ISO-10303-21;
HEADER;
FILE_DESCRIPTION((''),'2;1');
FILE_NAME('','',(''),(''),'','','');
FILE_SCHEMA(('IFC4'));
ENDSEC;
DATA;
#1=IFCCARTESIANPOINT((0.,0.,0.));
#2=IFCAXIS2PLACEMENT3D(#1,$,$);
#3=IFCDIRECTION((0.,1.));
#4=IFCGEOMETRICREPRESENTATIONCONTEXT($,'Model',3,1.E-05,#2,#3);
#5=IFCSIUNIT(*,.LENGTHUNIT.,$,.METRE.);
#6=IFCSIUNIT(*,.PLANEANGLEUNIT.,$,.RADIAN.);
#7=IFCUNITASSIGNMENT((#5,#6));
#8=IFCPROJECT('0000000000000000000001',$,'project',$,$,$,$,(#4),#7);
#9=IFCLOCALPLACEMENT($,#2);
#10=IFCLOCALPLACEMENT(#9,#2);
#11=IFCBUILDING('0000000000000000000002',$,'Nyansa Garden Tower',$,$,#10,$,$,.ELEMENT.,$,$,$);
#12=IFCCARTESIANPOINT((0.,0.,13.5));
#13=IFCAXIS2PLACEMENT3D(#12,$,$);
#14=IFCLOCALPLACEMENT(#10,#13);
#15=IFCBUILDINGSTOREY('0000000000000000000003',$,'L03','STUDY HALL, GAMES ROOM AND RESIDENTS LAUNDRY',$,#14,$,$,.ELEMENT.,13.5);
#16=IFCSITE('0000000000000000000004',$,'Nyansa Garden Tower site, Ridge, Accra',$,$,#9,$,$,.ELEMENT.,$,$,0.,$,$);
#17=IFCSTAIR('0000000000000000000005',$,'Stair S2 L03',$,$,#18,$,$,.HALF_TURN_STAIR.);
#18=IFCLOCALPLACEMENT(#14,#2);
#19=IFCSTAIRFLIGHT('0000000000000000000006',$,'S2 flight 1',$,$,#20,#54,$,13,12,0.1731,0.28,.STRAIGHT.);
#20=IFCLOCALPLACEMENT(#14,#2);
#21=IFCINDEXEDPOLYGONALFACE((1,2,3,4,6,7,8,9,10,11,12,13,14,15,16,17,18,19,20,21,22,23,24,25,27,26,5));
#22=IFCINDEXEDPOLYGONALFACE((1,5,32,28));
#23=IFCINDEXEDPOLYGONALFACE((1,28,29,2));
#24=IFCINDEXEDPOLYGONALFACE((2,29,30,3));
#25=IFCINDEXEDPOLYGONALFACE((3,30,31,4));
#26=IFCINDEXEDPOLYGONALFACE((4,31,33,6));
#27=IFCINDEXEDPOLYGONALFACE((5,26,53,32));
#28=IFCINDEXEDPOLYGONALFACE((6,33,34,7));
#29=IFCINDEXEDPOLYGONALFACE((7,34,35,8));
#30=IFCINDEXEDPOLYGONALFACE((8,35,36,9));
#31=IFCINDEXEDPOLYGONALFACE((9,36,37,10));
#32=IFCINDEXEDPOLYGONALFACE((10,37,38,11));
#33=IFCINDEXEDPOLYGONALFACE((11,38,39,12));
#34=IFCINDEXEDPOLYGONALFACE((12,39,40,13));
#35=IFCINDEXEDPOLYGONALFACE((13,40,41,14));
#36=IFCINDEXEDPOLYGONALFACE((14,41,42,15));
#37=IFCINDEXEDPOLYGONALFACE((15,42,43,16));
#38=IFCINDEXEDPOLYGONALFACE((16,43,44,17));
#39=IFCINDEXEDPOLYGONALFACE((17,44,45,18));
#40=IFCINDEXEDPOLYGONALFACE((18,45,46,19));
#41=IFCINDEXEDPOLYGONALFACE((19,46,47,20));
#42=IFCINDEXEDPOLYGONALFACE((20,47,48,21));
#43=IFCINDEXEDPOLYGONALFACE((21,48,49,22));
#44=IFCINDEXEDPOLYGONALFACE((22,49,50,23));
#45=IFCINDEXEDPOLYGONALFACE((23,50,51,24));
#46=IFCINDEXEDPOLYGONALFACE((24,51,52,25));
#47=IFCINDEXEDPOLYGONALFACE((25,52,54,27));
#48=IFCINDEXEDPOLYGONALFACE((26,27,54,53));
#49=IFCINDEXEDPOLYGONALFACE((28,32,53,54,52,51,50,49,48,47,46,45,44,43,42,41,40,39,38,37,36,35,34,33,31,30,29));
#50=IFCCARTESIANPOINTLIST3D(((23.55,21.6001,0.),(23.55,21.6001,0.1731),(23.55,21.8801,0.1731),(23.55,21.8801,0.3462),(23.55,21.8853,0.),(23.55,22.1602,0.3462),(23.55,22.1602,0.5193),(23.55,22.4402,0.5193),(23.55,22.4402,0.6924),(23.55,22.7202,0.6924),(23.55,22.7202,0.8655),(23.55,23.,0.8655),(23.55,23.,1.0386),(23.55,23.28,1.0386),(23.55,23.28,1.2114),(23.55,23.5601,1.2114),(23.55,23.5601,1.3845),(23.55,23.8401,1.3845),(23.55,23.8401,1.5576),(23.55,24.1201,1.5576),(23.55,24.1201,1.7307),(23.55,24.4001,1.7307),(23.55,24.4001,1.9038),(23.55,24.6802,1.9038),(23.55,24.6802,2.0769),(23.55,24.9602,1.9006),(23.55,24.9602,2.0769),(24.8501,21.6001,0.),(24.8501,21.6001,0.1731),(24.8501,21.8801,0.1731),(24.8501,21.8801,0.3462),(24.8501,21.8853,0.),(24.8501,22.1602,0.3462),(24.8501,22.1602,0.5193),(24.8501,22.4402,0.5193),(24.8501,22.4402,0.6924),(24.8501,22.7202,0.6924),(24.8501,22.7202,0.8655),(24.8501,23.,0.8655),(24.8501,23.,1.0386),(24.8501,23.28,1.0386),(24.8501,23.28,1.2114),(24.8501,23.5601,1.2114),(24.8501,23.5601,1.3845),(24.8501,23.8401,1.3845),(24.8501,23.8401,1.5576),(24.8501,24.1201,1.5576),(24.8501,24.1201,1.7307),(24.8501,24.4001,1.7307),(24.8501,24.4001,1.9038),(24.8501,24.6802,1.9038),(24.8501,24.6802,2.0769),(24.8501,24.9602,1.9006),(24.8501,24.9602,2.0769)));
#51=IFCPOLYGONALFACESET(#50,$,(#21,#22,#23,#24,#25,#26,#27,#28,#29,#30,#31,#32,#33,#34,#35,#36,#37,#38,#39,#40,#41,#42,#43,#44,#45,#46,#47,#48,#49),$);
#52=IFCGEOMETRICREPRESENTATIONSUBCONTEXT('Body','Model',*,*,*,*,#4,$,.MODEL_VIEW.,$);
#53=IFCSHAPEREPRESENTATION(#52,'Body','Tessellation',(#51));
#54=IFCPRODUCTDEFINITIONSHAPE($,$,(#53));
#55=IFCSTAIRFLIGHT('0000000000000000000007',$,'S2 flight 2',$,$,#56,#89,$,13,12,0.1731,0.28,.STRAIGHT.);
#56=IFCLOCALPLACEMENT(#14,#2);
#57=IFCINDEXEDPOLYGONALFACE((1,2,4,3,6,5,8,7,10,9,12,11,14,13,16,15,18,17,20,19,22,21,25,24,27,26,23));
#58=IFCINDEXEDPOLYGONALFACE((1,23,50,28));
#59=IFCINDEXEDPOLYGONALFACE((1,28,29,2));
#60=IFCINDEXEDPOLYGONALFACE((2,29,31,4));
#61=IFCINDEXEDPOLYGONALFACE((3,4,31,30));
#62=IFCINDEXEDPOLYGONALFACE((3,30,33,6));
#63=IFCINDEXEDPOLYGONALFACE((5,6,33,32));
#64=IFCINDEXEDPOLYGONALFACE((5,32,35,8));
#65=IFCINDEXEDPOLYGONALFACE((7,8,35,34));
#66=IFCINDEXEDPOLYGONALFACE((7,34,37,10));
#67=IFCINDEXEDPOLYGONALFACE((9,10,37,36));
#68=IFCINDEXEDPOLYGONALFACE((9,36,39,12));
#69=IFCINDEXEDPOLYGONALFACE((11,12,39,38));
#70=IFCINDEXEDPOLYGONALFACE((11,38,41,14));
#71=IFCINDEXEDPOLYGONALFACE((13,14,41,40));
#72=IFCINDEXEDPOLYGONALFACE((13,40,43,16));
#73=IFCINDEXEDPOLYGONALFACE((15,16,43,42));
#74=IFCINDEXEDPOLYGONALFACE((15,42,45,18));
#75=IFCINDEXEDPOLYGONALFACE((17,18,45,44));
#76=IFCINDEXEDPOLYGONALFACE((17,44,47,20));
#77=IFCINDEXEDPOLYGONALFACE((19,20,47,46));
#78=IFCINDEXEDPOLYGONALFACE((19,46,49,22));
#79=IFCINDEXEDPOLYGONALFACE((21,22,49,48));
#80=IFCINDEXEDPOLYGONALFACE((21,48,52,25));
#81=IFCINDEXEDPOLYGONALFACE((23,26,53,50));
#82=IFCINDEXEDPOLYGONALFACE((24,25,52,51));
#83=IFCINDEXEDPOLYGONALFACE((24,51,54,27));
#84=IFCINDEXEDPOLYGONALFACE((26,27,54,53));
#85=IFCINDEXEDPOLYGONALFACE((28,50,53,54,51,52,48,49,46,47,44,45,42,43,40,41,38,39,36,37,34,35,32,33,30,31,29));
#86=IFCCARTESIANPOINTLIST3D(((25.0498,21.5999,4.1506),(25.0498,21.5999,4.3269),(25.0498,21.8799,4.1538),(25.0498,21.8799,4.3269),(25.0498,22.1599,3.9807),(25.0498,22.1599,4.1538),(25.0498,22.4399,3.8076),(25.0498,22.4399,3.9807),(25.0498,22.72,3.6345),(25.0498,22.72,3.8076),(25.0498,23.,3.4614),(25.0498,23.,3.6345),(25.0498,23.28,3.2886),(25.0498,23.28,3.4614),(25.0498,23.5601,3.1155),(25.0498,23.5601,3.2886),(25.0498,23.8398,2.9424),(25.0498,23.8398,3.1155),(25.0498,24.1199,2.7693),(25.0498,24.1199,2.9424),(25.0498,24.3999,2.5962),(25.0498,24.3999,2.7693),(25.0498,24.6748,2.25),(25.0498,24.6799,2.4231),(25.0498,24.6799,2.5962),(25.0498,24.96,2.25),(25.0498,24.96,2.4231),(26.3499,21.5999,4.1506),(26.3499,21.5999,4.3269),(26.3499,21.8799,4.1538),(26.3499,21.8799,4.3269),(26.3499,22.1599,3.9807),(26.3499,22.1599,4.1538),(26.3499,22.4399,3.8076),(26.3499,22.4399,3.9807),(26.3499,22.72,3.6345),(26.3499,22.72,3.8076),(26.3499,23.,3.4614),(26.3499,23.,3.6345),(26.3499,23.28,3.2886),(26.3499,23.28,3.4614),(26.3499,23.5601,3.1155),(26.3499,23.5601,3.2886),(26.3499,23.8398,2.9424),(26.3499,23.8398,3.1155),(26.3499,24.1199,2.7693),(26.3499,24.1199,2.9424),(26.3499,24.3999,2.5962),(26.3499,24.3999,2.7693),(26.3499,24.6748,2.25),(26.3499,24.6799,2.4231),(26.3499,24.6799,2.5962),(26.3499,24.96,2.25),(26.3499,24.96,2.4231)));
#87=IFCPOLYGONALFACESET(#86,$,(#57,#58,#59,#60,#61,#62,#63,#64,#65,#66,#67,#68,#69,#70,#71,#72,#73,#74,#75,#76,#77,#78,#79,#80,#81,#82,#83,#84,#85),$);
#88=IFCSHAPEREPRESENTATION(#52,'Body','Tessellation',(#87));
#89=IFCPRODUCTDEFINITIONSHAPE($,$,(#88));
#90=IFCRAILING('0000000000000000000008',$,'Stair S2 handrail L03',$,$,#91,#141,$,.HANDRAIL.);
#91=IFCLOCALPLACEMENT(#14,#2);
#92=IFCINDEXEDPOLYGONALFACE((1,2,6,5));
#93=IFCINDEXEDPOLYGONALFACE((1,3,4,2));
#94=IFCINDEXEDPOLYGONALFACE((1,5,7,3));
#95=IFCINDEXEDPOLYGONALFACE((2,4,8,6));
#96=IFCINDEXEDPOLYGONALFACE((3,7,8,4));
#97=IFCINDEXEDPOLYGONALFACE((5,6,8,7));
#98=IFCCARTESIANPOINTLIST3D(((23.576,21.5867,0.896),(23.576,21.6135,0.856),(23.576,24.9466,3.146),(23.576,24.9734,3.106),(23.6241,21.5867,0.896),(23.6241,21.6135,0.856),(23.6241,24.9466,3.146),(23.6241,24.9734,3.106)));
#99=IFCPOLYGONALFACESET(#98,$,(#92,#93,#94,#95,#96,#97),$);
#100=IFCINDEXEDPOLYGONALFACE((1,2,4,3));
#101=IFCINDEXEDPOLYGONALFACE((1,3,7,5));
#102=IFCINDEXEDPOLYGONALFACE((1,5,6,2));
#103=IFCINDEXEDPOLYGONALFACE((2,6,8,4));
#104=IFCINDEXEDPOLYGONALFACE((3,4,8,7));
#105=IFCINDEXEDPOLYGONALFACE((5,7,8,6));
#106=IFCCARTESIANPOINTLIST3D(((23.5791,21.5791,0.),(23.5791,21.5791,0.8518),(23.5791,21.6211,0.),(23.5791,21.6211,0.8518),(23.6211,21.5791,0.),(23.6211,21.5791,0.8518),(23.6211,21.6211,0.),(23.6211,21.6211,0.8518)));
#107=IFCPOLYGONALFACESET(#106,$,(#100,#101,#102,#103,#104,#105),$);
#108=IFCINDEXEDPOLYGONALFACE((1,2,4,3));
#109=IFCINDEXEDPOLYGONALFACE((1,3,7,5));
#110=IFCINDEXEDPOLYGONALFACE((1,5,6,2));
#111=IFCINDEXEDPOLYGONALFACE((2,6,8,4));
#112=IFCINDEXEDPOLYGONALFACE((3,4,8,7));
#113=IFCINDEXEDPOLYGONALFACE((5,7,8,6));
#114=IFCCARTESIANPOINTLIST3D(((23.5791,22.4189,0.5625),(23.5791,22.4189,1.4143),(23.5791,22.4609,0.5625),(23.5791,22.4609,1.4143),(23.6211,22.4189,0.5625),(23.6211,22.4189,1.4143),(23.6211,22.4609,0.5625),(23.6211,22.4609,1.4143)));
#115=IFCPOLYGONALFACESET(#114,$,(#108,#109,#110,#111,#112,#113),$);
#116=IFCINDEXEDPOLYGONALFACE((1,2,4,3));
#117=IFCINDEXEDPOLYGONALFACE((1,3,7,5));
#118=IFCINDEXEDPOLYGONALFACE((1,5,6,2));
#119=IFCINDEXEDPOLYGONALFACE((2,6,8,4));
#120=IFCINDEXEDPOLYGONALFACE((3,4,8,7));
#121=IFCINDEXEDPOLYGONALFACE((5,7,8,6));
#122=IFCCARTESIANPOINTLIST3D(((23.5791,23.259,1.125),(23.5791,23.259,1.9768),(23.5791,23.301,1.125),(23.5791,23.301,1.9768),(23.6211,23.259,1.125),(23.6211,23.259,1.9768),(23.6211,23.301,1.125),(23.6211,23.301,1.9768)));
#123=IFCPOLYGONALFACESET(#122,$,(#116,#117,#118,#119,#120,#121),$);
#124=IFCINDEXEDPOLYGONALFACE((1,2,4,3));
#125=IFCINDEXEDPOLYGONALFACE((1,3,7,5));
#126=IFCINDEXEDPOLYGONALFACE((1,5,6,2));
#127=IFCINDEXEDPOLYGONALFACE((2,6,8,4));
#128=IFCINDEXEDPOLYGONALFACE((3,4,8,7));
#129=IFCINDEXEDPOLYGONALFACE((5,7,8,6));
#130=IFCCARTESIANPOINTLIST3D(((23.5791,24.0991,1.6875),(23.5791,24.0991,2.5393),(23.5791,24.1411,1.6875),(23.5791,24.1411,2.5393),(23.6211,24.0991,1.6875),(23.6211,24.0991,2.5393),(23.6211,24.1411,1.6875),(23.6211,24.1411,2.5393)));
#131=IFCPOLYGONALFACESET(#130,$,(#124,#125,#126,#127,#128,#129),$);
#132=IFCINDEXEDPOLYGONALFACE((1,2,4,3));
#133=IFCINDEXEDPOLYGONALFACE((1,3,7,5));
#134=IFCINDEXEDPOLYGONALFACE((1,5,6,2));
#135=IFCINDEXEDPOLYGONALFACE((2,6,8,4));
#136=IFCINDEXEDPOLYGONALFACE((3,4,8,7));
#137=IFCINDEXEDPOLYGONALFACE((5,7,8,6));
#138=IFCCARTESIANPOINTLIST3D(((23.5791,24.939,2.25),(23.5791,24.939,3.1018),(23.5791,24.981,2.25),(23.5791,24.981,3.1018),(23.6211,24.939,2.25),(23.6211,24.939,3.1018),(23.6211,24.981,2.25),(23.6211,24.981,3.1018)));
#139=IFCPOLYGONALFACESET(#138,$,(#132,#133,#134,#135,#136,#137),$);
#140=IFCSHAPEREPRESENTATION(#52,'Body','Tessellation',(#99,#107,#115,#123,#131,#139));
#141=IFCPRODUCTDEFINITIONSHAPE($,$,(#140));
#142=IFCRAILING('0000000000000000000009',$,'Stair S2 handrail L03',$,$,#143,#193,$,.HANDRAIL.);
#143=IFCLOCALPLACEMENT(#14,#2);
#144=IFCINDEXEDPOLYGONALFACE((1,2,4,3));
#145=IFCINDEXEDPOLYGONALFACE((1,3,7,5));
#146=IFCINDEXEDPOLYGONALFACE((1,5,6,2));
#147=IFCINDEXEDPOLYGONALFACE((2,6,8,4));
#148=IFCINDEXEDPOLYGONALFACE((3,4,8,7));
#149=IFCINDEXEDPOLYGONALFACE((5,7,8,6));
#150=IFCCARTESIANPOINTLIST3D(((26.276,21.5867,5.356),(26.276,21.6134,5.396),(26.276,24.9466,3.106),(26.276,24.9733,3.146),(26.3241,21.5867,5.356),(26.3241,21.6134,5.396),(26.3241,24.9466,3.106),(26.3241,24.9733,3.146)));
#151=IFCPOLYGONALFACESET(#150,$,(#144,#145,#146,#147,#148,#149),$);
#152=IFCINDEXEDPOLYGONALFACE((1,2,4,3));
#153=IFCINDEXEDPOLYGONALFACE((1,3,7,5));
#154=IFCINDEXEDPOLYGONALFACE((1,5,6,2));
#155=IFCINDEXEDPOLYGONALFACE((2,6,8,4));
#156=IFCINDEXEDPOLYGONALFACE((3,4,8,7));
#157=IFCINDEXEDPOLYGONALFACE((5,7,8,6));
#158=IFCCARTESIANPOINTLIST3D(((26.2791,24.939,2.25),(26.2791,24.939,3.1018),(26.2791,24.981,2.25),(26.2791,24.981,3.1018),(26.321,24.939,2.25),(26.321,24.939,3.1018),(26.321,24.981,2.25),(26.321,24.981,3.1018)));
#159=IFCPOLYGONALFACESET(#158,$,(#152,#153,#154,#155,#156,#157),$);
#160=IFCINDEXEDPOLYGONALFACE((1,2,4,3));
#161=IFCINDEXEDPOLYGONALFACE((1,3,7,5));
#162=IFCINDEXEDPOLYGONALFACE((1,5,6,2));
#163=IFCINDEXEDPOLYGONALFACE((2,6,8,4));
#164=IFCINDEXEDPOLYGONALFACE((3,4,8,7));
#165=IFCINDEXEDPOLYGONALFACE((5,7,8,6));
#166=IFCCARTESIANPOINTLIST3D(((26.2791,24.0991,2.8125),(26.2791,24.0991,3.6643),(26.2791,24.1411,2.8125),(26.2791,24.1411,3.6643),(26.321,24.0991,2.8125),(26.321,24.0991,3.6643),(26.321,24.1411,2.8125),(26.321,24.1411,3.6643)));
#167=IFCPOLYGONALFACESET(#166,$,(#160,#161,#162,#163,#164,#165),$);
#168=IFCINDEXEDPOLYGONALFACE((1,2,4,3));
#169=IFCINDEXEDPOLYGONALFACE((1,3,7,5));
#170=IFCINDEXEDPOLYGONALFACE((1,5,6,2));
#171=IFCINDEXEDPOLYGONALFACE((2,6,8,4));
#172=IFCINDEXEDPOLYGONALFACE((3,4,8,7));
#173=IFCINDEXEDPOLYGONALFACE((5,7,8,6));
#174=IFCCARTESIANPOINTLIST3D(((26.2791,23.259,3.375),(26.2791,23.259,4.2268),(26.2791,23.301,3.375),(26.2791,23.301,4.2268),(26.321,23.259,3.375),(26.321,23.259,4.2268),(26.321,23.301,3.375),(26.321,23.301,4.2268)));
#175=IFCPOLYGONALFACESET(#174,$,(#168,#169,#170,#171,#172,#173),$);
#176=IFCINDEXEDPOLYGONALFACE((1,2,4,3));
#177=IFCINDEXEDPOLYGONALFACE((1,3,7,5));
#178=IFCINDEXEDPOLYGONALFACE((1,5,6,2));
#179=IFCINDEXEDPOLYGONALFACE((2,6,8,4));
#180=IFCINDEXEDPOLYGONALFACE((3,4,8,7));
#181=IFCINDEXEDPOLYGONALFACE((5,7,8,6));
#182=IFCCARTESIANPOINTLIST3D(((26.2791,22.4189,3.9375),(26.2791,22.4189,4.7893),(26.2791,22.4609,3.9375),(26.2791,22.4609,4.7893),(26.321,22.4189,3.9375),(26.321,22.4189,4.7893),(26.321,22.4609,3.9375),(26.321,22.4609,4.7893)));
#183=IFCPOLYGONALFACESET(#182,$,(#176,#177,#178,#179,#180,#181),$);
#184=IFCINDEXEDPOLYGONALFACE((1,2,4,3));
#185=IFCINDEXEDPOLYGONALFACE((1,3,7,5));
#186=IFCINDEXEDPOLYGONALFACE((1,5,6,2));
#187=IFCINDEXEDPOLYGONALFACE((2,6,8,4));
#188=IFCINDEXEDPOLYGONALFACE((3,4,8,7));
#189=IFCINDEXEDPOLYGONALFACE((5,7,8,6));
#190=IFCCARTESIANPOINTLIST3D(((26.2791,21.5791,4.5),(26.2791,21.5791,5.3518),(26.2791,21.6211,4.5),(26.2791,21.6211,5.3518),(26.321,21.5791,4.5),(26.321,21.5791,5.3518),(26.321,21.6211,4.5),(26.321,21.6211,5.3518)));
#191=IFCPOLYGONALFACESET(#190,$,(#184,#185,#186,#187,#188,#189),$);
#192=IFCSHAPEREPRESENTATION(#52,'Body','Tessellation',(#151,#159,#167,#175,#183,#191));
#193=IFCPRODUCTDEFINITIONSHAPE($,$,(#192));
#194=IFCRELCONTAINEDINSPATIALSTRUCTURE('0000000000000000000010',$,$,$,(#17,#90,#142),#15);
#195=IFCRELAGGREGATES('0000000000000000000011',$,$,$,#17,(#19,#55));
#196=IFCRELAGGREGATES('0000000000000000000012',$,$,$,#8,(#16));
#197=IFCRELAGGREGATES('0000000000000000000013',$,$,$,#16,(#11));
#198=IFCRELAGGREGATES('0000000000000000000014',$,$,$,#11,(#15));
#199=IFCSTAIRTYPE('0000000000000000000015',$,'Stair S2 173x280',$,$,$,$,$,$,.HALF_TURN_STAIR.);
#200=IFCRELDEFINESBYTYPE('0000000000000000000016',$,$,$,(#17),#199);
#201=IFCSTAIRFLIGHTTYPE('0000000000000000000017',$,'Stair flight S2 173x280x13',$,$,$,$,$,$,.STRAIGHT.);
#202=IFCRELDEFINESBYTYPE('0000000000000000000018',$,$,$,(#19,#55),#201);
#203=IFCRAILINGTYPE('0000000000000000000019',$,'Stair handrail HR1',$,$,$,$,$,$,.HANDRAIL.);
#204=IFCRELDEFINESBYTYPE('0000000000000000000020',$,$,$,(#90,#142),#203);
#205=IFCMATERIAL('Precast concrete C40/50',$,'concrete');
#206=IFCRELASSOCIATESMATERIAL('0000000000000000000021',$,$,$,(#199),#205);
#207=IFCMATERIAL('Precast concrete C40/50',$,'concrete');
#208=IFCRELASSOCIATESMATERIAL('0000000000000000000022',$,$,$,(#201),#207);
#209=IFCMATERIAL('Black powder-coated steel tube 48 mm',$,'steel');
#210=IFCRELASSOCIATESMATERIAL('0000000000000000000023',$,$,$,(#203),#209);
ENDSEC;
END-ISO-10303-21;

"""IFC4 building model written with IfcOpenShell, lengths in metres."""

from ifc_helpers import new_model, si_unit, direction, frame, origin, origin_2d, place, context, subcontext, project, spatial, polyline, rectangle, outline, extrude, material, type_object, element, aggregate, save


model = new_model("IFC4")

# Units and contexts
model_context = context("Model", 3, precision=1e-05, world=origin(), true_north=direction((0.0, 1.0)))
body_context = subcontext(model_context, "Body", "Model", "MODEL_VIEW")
ifc_project = project(units=[si_unit("LENGTHUNIT", "METRE"), si_unit("PLANEANGLEUNIT", "RADIAN")], contexts=[model_context])

# Site, building, storey
site_placement = place(None, origin())
site = spatial("IfcSite", under=ifc_project, at=site_placement, Name="Nyansa Garden Tower site, Ridge, Accra", CompositionType="ELEMENT", RefElevation=0.0)
building_placement = place(site_placement, origin())
building = spatial("IfcBuilding", under=site, at=building_placement, Name="Nyansa Garden Tower", CompositionType="ELEMENT")
storey_placement = place(building_placement, frame((0.0, 0.0, 13.5)))
storey = spatial("IfcBuildingStorey", under=building, at=storey_placement, Name="L03", Description="STUDY HALL, GAMES ROOM AND RESIDENTS LAUNDRY", CompositionType="ELEMENT", Elevation=13.5)

# Stair, stair flights
ifc_material_1 = material(Name="Precast concrete C40/50", Category="concrete")
stair_type = type_object("IfcStairType", Name="Stair S2 173x280", PredefinedType="HALF_TURN_STAIR", material=ifc_material_1)
stair_placement = place(storey_placement, origin())
stair = element("IfcStair", 1, at=stair_placement, inside=storey, type_object=stair_type, Name="Stair S2 L03", PredefinedType="HALF_TURN_STAIR")
ifc_material_2 = material(Name="Precast concrete C40/50", Category="concrete")
stair_flight_type = type_object("IfcStairFlightType", Name="Stair flight S2 173x280x13", PredefinedType="STRAIGHT", material=ifc_material_2)
stair_flight_1_placement = place(storey_placement, frame((24.2, 21.6001, 0.0), z_axis=(0.0, 0.0, 1.0), x_axis=(0.0, 1.0, 0.0)))
stair_flight_1 = element("IfcStairFlight", 2, at=stair_flight_1_placement, type_object=stair_flight_type, Name="S2 flight 1", NumberOfRisers=13, NumberOfTreads=12, PredefinedType="STRAIGHT", RiserHeight=0.1731, TreadLength=0.28, context=body_context, shape_type="SweptSolid", body=[
    extrude(outline(polyline([(0.0, 0.0), (0.0, 0.1731), (0.28, 0.1731), (0.28, 0.3462), (0.5601, 0.3462), (0.5601, 0.5193), (0.8401, 0.5193), (0.8401, 0.6924), (1.1201, 0.6924), (1.1201, 0.8655), (1.3999, 0.8655), (1.3999, 1.0386), (1.6799, 1.0386), (1.6799, 1.2114), (1.96, 1.2114), (1.96, 1.3845), (2.24, 1.3845), (2.24, 1.5576), (2.52, 1.5576), (2.52, 1.7307), (2.8, 1.7307), (2.8, 1.9038), (3.0801, 1.9038), (3.0801, 2.0769), (3.3601, 2.0769), (3.3601, 2.25), (3.3601, 1.9006), (0.2852, 0.0), (0.0, 0.0)])), frame((0.0, 0.6499, 0.0), z_axis=(0.0, -1.0, 0.0), x_axis=(1.0, 0.0, 0.0)), (0.0, 0.0, 1.0), 1.3),
])
stair_flight_2_placement = place(storey_placement, frame((25.7, 24.96, 2.25), z_axis=(0.0, 0.0, 1.0), x_axis=(0.0, -1.0, 0.0)))
stair_flight_2 = element("IfcStairFlight", 3, at=stair_flight_2_placement, type_object=stair_flight_type, Name="S2 flight 2", NumberOfRisers=13, NumberOfTreads=12, PredefinedType="STRAIGHT", RiserHeight=0.1731, TreadLength=0.28, context=body_context, shape_type="SweptSolid", body=[
    extrude(outline(polyline([(0.0, 0.0), (0.0, 0.1731), (0.28, 0.1731), (0.28, 0.3462), (0.5601, 0.3462), (0.5601, 0.5193), (0.8401, 0.5193), (0.8401, 0.6924), (1.1201, 0.6924), (1.1201, 0.8655), (1.3999, 0.8655), (1.3999, 1.0386), (1.6799, 1.0386), (1.6799, 1.2114), (1.96, 1.2114), (1.96, 1.3845), (2.24, 1.3845), (2.24, 1.5576), (2.52, 1.5576), (2.52, 1.7307), (2.8, 1.7307), (2.8, 1.9038), (3.0801, 1.9038), (3.0801, 2.0769), (3.3601, 2.0769), (3.3601, 2.25), (3.3601, 1.9006), (0.2852, 0.0), (0.0, 0.0)])), frame((0.0, 0.6499, 0.0), z_axis=(0.0, -1.0, 0.0), x_axis=(1.0, 0.0, 0.0)), (0.0, 0.0, 1.0), 1.3),
])
aggregate(stair, [stair_flight_1, stair_flight_2])

# Railings
ifc_material_3 = material(Name="Black powder-coated steel tube 48 mm", Category="steel")
railing_type = type_object("IfcRailingType", Name="Stair handrail HR1", PredefinedType="HANDRAIL", material=ifc_material_3)
railing_1_placement = place(storey_placement, frame((23.6001, 21.6001, 0.0)))
element("IfcRailing", 4, at=railing_1_placement, inside=storey, type_object=railing_type, Name="Stair S2 handrail L03", PredefinedType="HANDRAIL", context=body_context, shape_type="SweptSolid", body=[
    extrude(rectangle(XDim=0.0481, YDim=0.0481, at=origin_2d()), frame((0.0, 0.0, 0.876), z_axis=(0.0, 0.830897, 0.556427), x_axis=(-1.0, 0.0, 0.0)), (0.0, 0.0, 1.0), 4.0437),
    extrude(rectangle(XDim=0.042, YDim=0.042, at=origin_2d()), origin(), (0.0, 0.0, 1.0), 0.8518),
    extrude(rectangle(XDim=0.042, YDim=0.042, at=origin_2d()), frame((0.0, 0.8398, 0.5625)), (0.0, 0.0, 1.0), 0.8518),
    extrude(rectangle(XDim=0.042, YDim=0.042, at=origin_2d()), frame((0.0, 1.6799, 1.125)), (0.0, 0.0, 1.0), 0.8518),
    extrude(rectangle(XDim=0.042, YDim=0.042, at=origin_2d()), frame((0.0, 2.52, 1.6875)), (0.0, 0.0, 1.0), 0.8518),
    extrude(rectangle(XDim=0.042, YDim=0.042, at=origin_2d()), frame((0.0, 3.3599, 2.25)), (0.0, 0.0, 1.0), 0.8518),
])
railing_2_placement = place(storey_placement, frame((26.3, 24.96, 2.25)))
element("IfcRailing", 5, at=railing_2_placement, inside=storey, type_object=railing_type, Name="Stair S2 handrail L03", PredefinedType="HANDRAIL", context=body_context, shape_type="SweptSolid", body=[
    extrude(rectangle(XDim=0.0481, YDim=0.0481, at=origin_2d()), frame((0.0, 0.0, 0.876), z_axis=(0.0, -0.830897, 0.556427), x_axis=(1.0, 0.0, 0.0)), (0.0, 0.0, 1.0), 4.0437),
    extrude(rectangle(XDim=0.042, YDim=0.042, at=origin_2d()), origin(), (0.0, 0.0, 1.0), 0.8518),
    extrude(rectangle(XDim=0.042, YDim=0.042, at=origin_2d()), frame((0.0, -0.8398, 0.5625)), (0.0, 0.0, 1.0), 0.8518),
    extrude(rectangle(XDim=0.042, YDim=0.042, at=origin_2d()), frame((0.0, -1.6799, 1.125)), (0.0, 0.0, 1.0), 0.8518),
    extrude(rectangle(XDim=0.042, YDim=0.042, at=origin_2d()), frame((0.0, -2.52, 1.6875)), (0.0, 0.0, 1.0), 0.8518),
    extrude(rectangle(XDim=0.042, YDim=0.042, at=origin_2d()), frame((0.0, -3.3599, 2.25)), (0.0, 0.0, 1.0), 0.8518),
])

save(model, "model.ifc")
